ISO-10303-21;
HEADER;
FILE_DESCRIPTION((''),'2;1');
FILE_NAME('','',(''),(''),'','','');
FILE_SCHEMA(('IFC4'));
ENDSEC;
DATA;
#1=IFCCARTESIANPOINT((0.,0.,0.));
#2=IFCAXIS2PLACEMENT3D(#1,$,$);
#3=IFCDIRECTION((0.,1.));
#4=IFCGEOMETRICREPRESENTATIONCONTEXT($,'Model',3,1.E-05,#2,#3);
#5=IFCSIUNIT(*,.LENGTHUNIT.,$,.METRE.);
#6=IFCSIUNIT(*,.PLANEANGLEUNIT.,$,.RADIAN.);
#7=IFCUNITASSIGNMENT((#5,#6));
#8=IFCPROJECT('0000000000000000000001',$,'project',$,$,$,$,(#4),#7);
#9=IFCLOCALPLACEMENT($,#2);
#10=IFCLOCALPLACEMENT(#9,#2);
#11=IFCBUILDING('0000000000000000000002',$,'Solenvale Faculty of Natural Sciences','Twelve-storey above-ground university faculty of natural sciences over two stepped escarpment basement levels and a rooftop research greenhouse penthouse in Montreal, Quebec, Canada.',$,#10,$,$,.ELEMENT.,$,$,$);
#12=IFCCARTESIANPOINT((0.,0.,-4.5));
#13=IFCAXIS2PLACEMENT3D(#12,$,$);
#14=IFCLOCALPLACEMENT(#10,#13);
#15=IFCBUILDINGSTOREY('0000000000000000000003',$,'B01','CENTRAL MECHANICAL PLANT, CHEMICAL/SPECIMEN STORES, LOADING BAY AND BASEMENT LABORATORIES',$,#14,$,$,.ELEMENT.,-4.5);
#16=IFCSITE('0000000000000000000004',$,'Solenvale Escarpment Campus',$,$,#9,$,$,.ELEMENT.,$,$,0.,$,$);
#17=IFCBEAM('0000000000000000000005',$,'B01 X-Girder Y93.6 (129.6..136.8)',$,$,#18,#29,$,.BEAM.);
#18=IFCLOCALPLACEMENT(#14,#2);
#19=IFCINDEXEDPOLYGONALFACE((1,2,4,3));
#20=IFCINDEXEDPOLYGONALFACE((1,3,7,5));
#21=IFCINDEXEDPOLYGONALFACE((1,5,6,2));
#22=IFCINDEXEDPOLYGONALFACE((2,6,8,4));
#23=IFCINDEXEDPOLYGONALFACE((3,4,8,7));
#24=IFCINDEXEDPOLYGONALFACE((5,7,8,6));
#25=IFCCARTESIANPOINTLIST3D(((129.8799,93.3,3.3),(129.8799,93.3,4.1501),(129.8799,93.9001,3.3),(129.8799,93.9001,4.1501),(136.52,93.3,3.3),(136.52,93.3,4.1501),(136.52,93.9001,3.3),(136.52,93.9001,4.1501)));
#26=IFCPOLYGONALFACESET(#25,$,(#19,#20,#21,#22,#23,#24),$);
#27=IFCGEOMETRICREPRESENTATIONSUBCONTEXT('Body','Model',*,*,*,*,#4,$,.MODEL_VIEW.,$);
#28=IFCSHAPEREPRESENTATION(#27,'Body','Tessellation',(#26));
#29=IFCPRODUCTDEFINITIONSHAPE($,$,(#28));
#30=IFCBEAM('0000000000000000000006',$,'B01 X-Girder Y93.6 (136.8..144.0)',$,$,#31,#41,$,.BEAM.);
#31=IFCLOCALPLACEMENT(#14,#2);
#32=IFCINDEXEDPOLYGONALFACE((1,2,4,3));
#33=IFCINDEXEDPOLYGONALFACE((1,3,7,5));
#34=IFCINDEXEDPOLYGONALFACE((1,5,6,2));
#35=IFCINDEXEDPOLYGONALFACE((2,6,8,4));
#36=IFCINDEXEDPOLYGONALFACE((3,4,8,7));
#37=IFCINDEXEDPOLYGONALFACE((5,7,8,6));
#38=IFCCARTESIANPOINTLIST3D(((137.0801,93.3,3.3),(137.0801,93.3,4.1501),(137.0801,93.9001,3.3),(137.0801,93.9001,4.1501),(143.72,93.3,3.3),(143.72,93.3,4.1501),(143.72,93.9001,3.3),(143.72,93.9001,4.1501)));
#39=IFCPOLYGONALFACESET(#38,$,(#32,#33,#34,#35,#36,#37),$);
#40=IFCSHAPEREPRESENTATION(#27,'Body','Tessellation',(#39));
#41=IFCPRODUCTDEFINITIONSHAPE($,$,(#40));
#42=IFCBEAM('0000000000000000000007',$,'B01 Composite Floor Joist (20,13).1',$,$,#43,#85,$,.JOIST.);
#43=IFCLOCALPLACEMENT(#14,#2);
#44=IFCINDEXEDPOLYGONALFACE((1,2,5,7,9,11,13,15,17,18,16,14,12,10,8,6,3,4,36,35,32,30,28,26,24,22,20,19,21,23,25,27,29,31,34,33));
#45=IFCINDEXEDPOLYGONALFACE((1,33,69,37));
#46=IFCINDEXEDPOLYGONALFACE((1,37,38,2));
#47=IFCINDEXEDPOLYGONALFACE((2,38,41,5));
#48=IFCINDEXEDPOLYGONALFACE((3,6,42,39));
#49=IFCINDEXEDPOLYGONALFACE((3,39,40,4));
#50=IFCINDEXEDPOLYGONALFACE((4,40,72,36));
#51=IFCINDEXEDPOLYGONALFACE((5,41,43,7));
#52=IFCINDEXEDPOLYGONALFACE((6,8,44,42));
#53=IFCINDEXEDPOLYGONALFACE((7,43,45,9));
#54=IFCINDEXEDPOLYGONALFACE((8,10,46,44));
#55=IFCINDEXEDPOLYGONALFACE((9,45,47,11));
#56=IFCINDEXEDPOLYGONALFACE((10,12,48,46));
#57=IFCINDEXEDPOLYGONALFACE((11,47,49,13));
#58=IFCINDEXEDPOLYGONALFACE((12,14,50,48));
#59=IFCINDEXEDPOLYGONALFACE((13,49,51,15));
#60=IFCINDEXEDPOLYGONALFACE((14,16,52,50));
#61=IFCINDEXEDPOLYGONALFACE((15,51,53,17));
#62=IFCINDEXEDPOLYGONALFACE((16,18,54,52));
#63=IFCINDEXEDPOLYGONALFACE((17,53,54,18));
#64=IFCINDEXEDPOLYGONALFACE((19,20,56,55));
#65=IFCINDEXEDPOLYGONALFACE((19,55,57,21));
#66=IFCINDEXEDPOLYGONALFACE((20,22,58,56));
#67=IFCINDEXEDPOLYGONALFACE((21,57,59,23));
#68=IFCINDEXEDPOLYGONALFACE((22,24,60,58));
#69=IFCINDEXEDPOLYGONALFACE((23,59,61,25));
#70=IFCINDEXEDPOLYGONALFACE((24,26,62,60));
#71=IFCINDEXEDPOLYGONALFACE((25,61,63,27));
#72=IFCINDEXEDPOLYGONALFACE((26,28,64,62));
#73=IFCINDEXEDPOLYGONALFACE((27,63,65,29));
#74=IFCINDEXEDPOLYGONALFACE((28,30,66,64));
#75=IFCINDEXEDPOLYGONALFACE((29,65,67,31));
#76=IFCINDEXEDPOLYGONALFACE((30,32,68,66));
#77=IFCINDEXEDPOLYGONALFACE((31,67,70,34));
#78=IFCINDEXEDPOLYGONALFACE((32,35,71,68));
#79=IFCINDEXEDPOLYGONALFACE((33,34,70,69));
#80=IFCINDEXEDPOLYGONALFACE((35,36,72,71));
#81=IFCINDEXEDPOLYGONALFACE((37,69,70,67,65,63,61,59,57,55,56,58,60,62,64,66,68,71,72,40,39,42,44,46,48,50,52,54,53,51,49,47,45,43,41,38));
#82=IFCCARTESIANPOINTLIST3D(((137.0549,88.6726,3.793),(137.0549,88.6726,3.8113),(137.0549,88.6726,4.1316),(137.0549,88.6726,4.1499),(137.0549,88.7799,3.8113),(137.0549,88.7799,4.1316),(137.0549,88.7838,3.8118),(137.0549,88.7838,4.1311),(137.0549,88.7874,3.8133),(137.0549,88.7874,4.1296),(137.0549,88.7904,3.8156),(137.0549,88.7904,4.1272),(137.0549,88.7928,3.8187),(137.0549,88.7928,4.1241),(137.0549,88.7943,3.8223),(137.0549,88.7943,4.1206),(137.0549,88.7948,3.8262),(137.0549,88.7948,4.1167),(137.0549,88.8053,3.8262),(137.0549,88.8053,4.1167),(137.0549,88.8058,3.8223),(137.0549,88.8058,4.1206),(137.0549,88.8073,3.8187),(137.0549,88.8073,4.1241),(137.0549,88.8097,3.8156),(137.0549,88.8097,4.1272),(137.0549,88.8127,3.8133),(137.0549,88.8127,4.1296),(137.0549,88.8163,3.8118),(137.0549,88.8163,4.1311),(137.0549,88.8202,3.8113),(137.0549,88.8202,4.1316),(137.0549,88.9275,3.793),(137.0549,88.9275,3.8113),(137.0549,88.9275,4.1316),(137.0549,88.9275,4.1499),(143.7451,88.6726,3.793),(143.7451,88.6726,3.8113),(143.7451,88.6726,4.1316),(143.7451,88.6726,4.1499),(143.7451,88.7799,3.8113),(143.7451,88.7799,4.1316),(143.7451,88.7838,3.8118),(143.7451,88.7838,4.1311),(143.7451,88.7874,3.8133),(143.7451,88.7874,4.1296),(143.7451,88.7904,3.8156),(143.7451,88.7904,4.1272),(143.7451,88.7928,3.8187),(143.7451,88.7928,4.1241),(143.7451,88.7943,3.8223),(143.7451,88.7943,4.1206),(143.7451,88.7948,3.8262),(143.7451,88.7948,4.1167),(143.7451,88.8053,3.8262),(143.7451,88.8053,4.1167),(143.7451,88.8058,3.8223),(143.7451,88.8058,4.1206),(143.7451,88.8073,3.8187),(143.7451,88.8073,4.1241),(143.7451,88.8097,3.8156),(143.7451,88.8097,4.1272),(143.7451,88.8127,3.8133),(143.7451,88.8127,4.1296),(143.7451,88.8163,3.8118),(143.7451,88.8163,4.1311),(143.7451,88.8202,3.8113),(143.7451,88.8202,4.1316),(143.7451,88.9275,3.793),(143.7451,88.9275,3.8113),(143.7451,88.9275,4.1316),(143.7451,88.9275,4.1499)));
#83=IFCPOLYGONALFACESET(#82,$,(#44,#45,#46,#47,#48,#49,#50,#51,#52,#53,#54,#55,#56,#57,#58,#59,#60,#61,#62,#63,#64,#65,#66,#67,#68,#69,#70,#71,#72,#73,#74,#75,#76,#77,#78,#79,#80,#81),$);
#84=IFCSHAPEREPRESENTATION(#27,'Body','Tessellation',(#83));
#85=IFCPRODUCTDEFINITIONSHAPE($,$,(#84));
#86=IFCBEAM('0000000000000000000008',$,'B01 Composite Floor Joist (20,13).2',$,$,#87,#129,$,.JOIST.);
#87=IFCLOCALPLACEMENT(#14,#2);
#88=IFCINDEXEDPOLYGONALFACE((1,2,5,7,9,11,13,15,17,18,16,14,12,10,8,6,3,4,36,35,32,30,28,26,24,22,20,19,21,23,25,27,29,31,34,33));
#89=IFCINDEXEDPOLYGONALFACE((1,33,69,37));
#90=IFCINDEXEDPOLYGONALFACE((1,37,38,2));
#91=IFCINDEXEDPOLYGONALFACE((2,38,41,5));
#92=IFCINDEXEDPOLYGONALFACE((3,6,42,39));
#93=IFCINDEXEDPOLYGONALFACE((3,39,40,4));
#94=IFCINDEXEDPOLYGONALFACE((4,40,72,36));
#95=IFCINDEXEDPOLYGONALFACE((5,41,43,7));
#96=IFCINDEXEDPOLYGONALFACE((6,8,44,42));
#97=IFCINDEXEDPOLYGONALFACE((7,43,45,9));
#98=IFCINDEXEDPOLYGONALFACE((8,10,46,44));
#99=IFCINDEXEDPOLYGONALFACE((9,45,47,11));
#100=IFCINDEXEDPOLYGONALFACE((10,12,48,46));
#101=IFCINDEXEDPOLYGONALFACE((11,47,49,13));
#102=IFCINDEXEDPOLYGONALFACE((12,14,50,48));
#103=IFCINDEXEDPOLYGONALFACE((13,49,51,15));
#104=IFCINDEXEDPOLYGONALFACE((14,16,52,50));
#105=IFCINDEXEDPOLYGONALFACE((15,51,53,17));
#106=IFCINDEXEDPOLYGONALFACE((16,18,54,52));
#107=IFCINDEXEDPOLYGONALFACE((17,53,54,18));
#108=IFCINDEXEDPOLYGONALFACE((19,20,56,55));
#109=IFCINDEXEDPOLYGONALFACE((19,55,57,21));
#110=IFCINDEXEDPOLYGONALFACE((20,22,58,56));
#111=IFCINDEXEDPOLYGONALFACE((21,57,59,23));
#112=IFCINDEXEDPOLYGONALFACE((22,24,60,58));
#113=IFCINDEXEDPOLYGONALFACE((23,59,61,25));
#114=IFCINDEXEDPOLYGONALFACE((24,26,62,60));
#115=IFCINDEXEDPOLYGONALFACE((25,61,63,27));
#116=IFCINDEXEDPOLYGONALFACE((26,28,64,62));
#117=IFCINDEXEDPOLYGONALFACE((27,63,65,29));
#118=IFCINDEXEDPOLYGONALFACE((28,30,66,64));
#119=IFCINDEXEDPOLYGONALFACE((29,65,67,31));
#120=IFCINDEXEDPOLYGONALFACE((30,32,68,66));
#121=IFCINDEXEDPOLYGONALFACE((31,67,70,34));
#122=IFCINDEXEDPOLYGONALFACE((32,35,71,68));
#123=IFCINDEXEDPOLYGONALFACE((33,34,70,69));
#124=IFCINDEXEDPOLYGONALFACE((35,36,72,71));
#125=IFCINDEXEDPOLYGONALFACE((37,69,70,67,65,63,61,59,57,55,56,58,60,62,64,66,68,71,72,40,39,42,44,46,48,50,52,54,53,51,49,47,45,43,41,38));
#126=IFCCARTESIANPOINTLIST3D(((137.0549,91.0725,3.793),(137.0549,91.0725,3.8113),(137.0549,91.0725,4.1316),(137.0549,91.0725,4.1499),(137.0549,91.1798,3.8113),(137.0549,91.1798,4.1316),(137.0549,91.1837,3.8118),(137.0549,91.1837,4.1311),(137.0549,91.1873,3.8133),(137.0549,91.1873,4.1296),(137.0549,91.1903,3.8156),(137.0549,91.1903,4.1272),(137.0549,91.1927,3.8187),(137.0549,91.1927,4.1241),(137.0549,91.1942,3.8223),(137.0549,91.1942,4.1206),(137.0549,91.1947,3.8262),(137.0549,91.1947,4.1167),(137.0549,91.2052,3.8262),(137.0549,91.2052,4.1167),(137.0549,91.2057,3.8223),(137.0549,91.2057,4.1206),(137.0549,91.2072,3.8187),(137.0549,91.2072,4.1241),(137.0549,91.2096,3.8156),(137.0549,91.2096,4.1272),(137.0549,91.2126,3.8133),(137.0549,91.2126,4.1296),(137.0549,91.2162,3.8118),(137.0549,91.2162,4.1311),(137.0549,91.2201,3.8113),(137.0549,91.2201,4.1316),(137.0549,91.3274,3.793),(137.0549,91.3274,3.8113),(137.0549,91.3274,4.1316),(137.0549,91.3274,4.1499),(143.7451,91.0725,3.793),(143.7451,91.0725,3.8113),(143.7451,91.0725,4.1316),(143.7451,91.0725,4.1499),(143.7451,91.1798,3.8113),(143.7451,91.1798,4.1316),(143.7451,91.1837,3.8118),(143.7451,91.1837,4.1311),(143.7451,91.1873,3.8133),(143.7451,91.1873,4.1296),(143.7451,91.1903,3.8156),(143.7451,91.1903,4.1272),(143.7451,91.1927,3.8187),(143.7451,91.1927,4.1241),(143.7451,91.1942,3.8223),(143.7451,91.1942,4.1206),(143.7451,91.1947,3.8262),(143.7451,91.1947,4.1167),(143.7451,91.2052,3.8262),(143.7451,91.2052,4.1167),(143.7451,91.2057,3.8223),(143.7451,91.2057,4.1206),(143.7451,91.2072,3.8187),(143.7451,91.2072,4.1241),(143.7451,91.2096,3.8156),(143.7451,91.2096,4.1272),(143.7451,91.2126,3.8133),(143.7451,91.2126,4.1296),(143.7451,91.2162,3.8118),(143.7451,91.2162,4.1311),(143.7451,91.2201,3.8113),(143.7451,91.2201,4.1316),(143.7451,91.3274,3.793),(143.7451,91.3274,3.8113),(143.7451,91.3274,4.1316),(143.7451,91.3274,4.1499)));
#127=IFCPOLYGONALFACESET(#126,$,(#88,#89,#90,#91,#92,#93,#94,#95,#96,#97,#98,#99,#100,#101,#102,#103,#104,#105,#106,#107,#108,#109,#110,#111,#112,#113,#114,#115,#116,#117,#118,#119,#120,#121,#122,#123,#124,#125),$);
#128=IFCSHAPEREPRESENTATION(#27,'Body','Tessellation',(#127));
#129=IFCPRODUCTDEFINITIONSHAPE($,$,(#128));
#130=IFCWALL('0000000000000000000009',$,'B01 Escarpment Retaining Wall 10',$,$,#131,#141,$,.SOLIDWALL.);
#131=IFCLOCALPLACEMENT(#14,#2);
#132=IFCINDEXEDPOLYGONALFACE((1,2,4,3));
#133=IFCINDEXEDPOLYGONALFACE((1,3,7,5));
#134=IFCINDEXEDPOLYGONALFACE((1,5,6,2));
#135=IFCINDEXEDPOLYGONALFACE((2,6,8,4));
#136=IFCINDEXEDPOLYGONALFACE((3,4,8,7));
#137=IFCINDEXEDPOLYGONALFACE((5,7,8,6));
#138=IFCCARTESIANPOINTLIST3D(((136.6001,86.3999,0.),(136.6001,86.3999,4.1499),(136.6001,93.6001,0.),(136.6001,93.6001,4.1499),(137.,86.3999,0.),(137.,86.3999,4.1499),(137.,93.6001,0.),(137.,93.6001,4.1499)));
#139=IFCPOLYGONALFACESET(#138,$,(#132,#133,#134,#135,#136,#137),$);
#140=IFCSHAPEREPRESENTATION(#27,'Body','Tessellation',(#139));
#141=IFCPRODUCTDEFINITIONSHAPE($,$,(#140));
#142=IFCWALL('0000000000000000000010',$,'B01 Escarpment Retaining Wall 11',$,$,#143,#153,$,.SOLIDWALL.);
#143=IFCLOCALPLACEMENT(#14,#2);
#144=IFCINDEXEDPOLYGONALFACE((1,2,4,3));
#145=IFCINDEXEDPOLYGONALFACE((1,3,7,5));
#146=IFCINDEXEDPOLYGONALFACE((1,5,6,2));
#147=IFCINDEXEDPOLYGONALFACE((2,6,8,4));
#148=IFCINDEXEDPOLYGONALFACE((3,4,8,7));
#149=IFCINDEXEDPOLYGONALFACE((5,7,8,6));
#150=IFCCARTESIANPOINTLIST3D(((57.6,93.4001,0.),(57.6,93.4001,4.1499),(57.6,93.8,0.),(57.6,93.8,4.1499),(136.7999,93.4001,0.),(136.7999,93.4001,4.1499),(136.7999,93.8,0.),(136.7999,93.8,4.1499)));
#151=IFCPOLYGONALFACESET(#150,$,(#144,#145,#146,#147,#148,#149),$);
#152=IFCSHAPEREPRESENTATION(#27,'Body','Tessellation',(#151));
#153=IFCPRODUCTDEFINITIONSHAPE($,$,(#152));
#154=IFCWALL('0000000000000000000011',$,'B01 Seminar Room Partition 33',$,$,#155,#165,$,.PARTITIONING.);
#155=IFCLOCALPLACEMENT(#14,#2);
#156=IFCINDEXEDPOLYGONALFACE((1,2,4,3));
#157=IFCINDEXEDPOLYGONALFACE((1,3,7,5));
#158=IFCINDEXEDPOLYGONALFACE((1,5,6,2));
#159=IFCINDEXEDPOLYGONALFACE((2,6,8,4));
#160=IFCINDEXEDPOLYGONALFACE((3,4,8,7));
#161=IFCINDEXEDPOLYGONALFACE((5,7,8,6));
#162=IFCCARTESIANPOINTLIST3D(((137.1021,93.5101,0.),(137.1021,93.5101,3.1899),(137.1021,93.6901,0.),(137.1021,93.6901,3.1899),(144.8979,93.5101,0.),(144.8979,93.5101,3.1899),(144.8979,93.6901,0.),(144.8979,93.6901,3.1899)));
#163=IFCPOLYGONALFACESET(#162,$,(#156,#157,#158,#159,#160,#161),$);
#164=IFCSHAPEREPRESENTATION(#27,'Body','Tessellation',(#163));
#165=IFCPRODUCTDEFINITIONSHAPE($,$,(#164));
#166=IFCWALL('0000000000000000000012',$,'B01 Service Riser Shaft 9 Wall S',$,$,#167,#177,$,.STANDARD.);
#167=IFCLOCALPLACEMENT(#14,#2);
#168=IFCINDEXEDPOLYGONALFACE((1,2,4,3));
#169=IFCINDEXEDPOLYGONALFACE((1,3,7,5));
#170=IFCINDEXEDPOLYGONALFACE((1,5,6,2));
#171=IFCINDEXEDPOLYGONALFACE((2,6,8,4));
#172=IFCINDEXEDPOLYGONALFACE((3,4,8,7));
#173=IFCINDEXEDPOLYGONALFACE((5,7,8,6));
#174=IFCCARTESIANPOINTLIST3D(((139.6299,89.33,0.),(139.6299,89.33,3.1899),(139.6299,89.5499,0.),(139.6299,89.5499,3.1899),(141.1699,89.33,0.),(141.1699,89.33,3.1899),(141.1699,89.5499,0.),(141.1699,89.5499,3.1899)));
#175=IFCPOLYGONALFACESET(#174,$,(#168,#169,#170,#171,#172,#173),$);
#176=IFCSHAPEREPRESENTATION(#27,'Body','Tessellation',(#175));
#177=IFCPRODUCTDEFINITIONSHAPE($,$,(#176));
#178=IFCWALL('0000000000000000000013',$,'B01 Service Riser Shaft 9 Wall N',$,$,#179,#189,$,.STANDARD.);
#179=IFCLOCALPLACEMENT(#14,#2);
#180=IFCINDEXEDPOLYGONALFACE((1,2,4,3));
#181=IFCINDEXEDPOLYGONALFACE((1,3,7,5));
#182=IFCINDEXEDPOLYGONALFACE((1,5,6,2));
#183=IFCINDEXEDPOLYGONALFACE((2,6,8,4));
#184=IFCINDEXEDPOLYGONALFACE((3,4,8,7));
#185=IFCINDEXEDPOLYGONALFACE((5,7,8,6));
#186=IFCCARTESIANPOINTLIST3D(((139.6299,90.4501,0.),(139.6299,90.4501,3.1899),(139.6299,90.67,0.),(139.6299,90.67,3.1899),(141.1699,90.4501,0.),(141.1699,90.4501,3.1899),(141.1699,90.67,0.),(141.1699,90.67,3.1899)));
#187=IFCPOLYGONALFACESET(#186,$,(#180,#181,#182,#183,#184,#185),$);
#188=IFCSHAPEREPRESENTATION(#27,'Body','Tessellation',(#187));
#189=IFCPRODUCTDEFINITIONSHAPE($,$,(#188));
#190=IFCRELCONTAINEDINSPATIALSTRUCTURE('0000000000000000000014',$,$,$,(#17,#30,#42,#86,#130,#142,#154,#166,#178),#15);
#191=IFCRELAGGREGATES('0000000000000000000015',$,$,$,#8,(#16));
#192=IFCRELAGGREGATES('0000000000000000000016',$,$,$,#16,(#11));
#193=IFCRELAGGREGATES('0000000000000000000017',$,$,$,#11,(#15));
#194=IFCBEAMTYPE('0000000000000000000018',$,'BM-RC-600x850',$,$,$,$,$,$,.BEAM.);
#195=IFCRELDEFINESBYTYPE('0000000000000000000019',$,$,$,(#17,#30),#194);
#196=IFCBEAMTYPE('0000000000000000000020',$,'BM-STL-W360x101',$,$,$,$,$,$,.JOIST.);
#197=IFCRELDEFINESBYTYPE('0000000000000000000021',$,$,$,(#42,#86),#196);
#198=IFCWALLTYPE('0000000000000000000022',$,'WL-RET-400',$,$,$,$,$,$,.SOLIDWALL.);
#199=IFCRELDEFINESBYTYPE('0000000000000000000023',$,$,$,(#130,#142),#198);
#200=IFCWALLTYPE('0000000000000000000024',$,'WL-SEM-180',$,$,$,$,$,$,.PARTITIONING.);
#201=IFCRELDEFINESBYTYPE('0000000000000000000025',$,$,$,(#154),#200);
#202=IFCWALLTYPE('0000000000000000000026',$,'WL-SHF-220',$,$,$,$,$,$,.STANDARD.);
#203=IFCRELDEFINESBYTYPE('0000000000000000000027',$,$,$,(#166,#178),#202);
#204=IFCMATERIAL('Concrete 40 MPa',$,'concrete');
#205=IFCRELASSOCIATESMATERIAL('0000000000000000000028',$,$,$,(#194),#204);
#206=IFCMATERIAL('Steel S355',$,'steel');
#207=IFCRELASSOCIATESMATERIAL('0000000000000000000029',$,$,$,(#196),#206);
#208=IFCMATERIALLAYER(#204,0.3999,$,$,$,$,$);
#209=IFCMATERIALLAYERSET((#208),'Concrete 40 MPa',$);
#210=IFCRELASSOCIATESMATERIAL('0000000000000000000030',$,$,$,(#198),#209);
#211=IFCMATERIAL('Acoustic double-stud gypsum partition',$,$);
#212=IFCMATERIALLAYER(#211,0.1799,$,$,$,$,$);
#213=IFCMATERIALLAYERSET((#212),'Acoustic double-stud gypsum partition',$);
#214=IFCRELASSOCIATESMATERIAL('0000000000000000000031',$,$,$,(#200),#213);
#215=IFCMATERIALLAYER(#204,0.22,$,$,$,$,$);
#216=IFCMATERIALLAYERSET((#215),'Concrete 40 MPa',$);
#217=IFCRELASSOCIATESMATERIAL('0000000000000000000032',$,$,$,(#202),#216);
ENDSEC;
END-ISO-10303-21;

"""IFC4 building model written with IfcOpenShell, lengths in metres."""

from ifc_helpers import new_model, si_unit, direction, frame, frame_2d, origin, origin_2d, place, context, subcontext, project, spatial, rectangle, i_section, extrude, material, layer, layer_set, material_profile, profile_set, type_object, element, save


model = new_model("IFC4")

# Units and contexts
model_context = context("Model", 3, precision=1e-05, world=origin(), true_north=direction((0.0, 1.0)))
body_context = subcontext(model_context, "Body", "Model", "MODEL_VIEW")
ifc_project = project(units=[si_unit("LENGTHUNIT", "METRE"), si_unit("PLANEANGLEUNIT", "RADIAN")], contexts=[model_context])

# Site, building, storey
site_placement = place(None, origin())
site = spatial("IfcSite", under=ifc_project, at=site_placement, Name="Solenvale Escarpment Campus", CompositionType="ELEMENT", RefElevation=0.0)
building_placement = place(site_placement, origin())
building = spatial("IfcBuilding", under=site, at=building_placement, Name="Solenvale Faculty of Natural Sciences", Description="Twelve-storey above-ground university faculty of natural sciences over two stepped escarpment basement levels and a rooftop research greenhouse penthouse in Montreal, Quebec, Canada.", CompositionType="ELEMENT")
storey_placement = place(building_placement, frame((0.0, 0.0, -4.5)))
storey = spatial("IfcBuildingStorey", under=building, at=storey_placement, Name="B01", Description="CENTRAL MECHANICAL PLANT, CHEMICAL/SPECIMEN STORES, LOADING BAY AND BASEMENT LABORATORIES", CompositionType="ELEMENT", Elevation=-4.5)

# Shared definitions
ifc_material_1 = material(Name="Concrete 40 MPa", Category="concrete")

# Beams
ifc_material_profile_1 = material_profile(ifc_material_1, rectangle(XDim=0.6001, YDim=0.8501, at=origin_2d()), Name="RC-BM-600x850")
ifc_profile_set_1 = profile_set([ifc_material_profile_1], Name="Concrete 40 MPa")
beam_type_1 = type_object("IfcBeamType", Name="BM-RC-600x850", PredefinedType="BEAM", material=ifc_profile_set_1)
beam_1_placement = place(storey_placement, frame((129.8799, 93.6001, 3.7251), z_axis=(1.0, 0.0, 0.0), x_axis=(0.0, 1.0, 0.0)))
element("IfcBeam", 1, at=beam_1_placement, inside=storey, type_object=beam_type_1, Name="B01 X-Girder Y93.6 (129.6..136.8)", PredefinedType="BEAM", context=body_context, shape_type="SweptSolid", body=[
    extrude(rectangle(XDim=0.6001, YDim=0.8501, at=origin_2d()), origin(), (0.0, 0.0, 1.0), 6.6401),
])
beam_2_placement = place(storey_placement, frame((137.0801, 93.6001, 3.7251), z_axis=(1.0, 0.0, 0.0), x_axis=(0.0, 1.0, 0.0)))
element("IfcBeam", 2, at=beam_2_placement, inside=storey, type_object=beam_type_1, Name="B01 X-Girder Y93.6 (136.8..144.0)", PredefinedType="BEAM", context=body_context, shape_type="SweptSolid", body=[
    extrude(rectangle(XDim=0.6001, YDim=0.8501, at=origin_2d()), origin(), (0.0, 0.0, 1.0), 6.6399),
])
ifc_material_2 = material(Name="Steel S355", Category="steel")
ifc_material_profile_2 = material_profile(ifc_material_2, i_section(OverallWidth=0.2549, OverallDepth=0.3569, WebThickness=0.0105, FlangeThickness=0.0183, FilletRadius=0.0149, at=origin_2d()), Name="W360x101")
ifc_profile_set_2 = profile_set([ifc_material_profile_2], Name="Steel S355")
beam_type_2 = type_object("IfcBeamType", Name="BM-STL-W360x101", PredefinedType="JOIST", material=ifc_profile_set_2)
for number, where, z_axis, x_axis, name in (
    (3, (137.0549, 88.8, 3.9714), (1.0, 0.0, 0.0), (0.0, 1.0, 0.0), "B01 Composite Floor Joist (20,13).1"),
    (4, (137.0549, 91.2, 3.9714), (1.0, 0.0, 0.0), (0.0, 1.0, 0.0), "B01 Composite Floor Joist (20,13).2"),
):
    element("IfcBeam", number, at=place(storey_placement, frame(where, z_axis=z_axis, x_axis=x_axis)), inside=storey, type_object=beam_type_2, Name=name, PredefinedType="JOIST", context=body_context, shape_type="SweptSolid", body=[
        extrude(i_section(OverallWidth=0.2549, OverallDepth=0.3569, WebThickness=0.0105, FlangeThickness=0.0183, FilletRadius=0.0149, at=origin_2d()), origin(), (0.0, 0.0, 1.0), 6.6902),
    ])

# Walls
ifc_layer_1 = layer(ifc_material_1, 0.3999)
ifc_layer_set_1 = layer_set([ifc_layer_1], Name="Concrete 40 MPa")
wall_type_1 = type_object("IfcWallType", Name="WL-RET-400", PredefinedType="SOLIDWALL", material=ifc_layer_set_1)
wall_1_placement = place(storey_placement, frame((136.8, 86.3999, 0.0), z_axis=(0.0, 0.0, 1.0), x_axis=(0.0, 1.0, 0.0)))
element("IfcWall", 5, at=wall_1_placement, inside=storey, type_object=wall_type_1, Name="B01 Escarpment Retaining Wall 10", PredefinedType="SOLIDWALL", context=body_context, shape_type="SweptSolid", body=[
    extrude(rectangle(XDim=7.2002, YDim=0.3999, at=frame_2d((3.6001, 0.0))), origin(), (0.0, 0.0, 1.0), 4.1499),
])
wall_2_placement = place(storey_placement, frame((136.8, 93.6001, 0.0), z_axis=(0.0, 0.0, 1.0), x_axis=(-1.0, 0.0, 0.0)))
element("IfcWall", 6, at=wall_2_placement, inside=storey, type_object=wall_type_1, Name="B01 Escarpment Retaining Wall 11", PredefinedType="SOLIDWALL", context=body_context, shape_type="SweptSolid", body=[
    extrude(rectangle(XDim=79.2, YDim=0.3999, at=frame_2d((39.6001, 0.0))), origin(), (0.0, 0.0, 1.0), 4.1499),
])
ifc_material_3 = material(Name="Acoustic double-stud gypsum partition")
ifc_layer_2 = layer(ifc_material_3, 0.1799)
ifc_layer_set_2 = layer_set([ifc_layer_2], Name="Acoustic double-stud gypsum partition")
wall_type_2 = type_object("IfcWallType", Name="WL-SEM-180", PredefinedType="PARTITIONING", material=ifc_layer_set_2)
wall_3_placement = place(storey_placement, frame((137.1021, 93.6001, 0.0), z_axis=(0.0, 0.0, 1.0), x_axis=(1.0, 0.0, 0.0)))
element("IfcWall", 7, at=wall_3_placement, inside=storey, type_object=wall_type_2, Name="B01 Seminar Room Partition 33", PredefinedType="PARTITIONING", context=body_context, shape_type="SweptSolid", body=[
    extrude(rectangle(XDim=7.7959, YDim=0.1799, at=frame_2d((3.8979, 0.0))), origin(), (0.0, 0.0, 1.0), 3.1899),
])
ifc_layer_3 = layer(ifc_material_1, 0.22)
ifc_layer_set_3 = layer_set([ifc_layer_3], Name="Concrete 40 MPa")
wall_type_3 = type_object("IfcWallType", Name="WL-SHF-220", PredefinedType="STANDARD", material=ifc_layer_set_3)
for number, where, z_axis, x_axis, name in (
    (8, (139.6299, 89.4399, 0.0), (0.0, 0.0, 1.0), (1.0, 0.0, 0.0), "B01 Service Riser Shaft 9 Wall S"),
    (9, (139.6299, 90.5601, 0.0), (0.0, 0.0, 1.0), (1.0, 0.0, 0.0), "B01 Service Riser Shaft 9 Wall N"),
):
    element("IfcWall", number, at=place(storey_placement, frame(where, z_axis=z_axis, x_axis=x_axis)), inside=storey, type_object=wall_type_3, Name=name, PredefinedType="STANDARD", context=body_context, shape_type="SweptSolid", body=[
        extrude(rectangle(XDim=1.54, YDim=0.22, at=frame_2d((0.77, 0.0))), origin(), (0.0, 0.0, 1.0), 3.1899),
    ])

save(model, "model.ifc")
